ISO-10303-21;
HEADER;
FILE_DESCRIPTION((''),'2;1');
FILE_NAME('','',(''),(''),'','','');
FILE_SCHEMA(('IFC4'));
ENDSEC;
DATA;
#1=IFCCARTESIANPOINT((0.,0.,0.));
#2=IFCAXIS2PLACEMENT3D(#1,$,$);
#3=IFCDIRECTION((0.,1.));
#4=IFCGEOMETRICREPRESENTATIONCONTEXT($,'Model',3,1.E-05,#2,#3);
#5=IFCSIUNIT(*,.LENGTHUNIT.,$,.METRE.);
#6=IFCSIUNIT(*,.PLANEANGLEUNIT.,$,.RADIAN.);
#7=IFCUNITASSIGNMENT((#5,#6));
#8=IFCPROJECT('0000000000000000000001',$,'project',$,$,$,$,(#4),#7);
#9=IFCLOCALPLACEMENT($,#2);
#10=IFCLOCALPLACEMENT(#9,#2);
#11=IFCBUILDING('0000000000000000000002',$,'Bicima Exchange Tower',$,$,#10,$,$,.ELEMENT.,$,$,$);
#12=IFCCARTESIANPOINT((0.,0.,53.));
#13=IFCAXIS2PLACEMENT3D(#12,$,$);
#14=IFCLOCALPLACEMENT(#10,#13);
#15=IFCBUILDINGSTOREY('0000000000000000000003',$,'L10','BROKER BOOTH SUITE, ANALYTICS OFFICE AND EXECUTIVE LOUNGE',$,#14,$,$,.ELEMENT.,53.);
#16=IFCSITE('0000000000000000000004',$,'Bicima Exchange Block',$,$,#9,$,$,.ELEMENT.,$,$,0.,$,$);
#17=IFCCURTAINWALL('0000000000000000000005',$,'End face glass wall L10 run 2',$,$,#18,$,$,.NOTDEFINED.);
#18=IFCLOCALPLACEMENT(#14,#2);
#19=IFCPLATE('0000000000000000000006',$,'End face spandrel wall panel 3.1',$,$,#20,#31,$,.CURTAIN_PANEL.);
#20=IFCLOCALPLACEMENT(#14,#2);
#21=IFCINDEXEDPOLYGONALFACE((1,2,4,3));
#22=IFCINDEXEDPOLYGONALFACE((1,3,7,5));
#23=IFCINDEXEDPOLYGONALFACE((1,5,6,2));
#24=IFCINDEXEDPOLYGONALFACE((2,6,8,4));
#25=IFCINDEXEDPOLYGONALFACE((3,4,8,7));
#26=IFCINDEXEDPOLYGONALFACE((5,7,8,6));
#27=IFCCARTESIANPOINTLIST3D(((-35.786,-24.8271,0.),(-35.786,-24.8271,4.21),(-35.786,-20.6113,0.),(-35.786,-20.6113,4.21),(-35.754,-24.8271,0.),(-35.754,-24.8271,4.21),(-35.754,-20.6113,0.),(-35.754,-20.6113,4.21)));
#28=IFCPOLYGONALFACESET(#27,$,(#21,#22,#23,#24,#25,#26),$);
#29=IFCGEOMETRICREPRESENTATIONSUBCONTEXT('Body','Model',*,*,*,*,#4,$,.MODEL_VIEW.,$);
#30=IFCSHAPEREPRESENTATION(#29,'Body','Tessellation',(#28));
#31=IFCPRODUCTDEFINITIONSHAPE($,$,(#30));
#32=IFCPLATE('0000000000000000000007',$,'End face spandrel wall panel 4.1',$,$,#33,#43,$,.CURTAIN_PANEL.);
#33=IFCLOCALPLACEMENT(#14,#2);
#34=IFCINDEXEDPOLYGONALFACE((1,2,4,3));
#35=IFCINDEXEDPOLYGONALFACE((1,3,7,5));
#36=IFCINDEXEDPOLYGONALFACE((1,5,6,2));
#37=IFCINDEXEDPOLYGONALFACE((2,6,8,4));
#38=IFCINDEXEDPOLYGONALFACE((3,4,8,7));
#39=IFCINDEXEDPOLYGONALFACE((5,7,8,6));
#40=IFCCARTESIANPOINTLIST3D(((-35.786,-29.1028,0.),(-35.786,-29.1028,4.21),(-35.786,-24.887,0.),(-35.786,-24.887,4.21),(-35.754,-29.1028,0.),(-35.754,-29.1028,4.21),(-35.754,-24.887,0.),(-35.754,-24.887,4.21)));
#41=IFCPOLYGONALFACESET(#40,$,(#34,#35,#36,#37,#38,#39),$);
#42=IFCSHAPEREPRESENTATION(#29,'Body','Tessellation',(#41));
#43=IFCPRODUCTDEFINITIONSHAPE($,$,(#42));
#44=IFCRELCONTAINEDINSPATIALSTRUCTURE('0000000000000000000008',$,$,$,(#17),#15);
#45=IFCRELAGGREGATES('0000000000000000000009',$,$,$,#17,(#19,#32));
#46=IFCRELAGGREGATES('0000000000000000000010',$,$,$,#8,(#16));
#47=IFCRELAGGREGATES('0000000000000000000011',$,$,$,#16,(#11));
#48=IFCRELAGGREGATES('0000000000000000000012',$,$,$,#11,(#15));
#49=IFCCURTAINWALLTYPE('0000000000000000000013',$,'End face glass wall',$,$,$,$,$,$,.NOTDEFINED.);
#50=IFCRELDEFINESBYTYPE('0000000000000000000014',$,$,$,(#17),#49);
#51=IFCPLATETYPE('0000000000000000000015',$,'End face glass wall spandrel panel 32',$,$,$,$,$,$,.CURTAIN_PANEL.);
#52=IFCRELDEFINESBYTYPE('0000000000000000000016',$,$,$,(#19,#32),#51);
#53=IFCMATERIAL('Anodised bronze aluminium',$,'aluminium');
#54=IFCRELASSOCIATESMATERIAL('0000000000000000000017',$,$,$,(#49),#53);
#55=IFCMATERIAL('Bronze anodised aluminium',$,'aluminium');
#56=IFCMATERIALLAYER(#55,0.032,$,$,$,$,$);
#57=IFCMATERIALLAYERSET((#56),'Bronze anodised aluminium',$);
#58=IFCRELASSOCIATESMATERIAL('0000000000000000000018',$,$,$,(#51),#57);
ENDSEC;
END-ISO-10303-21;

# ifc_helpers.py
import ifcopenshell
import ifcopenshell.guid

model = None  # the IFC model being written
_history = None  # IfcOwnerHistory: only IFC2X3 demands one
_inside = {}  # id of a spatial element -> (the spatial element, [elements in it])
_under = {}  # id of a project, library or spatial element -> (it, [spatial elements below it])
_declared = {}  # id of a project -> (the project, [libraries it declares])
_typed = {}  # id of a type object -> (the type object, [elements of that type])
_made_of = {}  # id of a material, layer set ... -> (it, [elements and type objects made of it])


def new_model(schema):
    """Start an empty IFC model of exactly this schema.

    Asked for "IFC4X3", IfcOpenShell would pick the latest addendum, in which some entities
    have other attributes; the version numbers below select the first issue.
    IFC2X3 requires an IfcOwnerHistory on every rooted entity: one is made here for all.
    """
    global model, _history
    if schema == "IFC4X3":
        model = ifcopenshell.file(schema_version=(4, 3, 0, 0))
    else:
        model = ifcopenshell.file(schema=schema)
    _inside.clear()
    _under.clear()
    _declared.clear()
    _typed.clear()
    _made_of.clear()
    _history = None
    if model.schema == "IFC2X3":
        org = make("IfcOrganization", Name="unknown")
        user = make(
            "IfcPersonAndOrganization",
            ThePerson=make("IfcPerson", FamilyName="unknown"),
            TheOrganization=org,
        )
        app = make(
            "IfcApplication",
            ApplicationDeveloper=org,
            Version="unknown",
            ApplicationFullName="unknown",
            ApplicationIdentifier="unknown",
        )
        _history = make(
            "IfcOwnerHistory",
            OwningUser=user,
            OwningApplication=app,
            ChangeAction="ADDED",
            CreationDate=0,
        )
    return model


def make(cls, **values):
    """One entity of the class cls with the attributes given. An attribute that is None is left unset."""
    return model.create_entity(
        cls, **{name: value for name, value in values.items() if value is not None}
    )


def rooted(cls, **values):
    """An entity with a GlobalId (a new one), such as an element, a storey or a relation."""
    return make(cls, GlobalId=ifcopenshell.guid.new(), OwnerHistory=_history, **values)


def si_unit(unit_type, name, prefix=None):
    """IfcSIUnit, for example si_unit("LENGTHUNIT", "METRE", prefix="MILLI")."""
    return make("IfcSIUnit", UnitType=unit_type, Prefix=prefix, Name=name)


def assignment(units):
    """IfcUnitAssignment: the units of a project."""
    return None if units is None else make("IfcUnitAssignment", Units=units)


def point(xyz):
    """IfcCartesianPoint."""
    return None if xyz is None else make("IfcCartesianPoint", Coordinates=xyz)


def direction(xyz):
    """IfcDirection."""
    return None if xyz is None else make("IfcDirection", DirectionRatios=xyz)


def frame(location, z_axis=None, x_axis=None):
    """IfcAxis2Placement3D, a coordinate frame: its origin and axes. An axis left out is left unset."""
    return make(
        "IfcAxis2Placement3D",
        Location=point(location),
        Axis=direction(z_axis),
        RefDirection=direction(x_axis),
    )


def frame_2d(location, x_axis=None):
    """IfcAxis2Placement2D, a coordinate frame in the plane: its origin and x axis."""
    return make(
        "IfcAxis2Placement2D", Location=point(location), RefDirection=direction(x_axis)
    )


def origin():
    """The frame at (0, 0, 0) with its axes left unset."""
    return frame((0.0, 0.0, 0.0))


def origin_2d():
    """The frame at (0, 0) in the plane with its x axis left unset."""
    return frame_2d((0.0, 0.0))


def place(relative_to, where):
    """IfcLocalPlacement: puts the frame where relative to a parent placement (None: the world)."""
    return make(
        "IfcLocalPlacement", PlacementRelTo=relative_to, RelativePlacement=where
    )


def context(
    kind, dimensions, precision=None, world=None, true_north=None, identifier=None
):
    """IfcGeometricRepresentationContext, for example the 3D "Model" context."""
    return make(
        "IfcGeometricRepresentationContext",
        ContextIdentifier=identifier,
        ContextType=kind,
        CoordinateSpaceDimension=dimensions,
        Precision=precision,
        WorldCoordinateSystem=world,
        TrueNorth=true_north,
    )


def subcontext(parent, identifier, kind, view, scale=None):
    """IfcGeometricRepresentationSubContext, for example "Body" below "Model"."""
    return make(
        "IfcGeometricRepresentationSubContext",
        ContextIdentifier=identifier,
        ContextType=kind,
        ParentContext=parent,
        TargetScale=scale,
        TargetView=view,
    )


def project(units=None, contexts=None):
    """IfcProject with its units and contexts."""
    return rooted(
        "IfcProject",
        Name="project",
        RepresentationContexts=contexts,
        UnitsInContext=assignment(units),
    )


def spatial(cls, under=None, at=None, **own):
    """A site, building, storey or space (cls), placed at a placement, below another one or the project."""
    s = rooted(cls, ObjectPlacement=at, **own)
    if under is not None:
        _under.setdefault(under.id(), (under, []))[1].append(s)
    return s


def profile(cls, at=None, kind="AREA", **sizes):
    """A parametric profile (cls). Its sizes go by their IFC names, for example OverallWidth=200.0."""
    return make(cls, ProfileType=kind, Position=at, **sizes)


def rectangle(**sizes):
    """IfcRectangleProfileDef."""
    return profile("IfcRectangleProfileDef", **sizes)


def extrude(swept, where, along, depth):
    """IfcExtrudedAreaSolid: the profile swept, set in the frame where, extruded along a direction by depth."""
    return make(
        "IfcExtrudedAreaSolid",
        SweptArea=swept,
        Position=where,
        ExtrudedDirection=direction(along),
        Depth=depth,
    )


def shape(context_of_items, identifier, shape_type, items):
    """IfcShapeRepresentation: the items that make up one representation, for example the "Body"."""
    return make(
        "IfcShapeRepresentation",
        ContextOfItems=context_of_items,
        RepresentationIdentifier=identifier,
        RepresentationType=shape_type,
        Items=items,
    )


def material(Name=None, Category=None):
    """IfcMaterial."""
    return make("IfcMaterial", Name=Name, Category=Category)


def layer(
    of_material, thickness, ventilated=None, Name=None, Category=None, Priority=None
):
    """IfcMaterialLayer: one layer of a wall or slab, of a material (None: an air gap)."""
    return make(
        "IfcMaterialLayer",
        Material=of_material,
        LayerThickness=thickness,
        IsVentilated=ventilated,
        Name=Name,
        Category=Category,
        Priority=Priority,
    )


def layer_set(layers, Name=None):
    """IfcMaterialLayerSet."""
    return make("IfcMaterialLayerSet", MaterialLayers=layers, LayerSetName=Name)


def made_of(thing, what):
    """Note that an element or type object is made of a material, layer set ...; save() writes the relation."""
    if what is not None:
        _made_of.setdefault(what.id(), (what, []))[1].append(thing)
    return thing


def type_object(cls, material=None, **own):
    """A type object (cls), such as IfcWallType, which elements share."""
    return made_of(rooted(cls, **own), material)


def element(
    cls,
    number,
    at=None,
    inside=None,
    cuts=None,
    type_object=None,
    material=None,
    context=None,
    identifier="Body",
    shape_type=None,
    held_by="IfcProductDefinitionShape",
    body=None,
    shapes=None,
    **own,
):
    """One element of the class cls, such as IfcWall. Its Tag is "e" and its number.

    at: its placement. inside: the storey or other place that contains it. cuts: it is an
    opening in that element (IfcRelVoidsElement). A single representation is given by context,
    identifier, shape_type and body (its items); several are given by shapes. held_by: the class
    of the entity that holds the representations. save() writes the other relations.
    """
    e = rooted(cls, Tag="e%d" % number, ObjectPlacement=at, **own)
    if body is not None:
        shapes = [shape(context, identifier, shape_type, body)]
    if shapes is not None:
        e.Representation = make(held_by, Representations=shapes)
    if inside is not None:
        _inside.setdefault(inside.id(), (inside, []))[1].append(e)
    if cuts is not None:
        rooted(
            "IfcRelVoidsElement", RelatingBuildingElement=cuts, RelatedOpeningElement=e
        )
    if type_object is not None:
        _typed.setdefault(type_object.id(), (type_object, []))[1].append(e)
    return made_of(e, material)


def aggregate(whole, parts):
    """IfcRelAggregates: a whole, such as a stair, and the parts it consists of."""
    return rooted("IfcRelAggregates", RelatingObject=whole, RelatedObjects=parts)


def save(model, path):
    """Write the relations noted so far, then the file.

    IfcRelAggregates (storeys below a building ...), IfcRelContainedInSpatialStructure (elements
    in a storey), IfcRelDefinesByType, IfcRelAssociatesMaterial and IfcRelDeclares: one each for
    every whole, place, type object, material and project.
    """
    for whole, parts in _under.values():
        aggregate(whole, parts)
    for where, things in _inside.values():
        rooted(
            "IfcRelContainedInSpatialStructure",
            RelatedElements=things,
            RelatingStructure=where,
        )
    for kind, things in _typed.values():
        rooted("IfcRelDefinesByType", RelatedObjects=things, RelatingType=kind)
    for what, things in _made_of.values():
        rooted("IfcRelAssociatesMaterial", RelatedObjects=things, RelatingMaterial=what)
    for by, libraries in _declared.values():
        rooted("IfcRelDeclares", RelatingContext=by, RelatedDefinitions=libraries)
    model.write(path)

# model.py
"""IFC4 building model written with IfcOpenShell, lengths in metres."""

from ifc_helpers import new_model, si_unit, direction, frame, origin, origin_2d, place, context, subcontext, project, spatial, rectangle, extrude, material, layer, layer_set, type_object, element, aggregate, save


model = new_model("IFC4")

# Units and contexts
model_context = context("Model", 3, precision=1e-05, world=origin(), true_north=direction((0.0, 1.0)))
body_context = subcontext(model_context, "Body", "Model", "MODEL_VIEW")
ifc_project = project(units=[si_unit("LENGTHUNIT", "METRE"), si_unit("PLANEANGLEUNIT", "RADIAN")], contexts=[model_context])

# Site, building, storey
site_placement = place(None, origin())
site = spatial("IfcSite", under=ifc_project, at=site_placement, Name="Bicima Exchange Block", CompositionType="ELEMENT", RefElevation=0.0)
building_placement = place(site_placement, origin())
building = spatial("IfcBuilding", under=site, at=building_placement, Name="Bicima Exchange Tower", CompositionType="ELEMENT")
storey_placement = place(building_placement, frame((0.0, 0.0, 53.0)))
storey = spatial("IfcBuildingStorey", under=building, at=storey_placement, Name="L10", Description="BROKER BOOTH SUITE, ANALYTICS OFFICE AND EXECUTIVE LOUNGE", CompositionType="ELEMENT", Elevation=53.0)

# Curtain wall
ifc_material_1 = material(Name="Anodised bronze aluminium", Category="aluminium")
curtain_wall_type = type_object("IfcCurtainWallType", Name="End face glass wall", PredefinedType="NOTDEFINED", material=ifc_material_1)
curtain_wall_placement = place(storey_placement, origin())
curtain_wall = element("IfcCurtainWall", 1, at=curtain_wall_placement, inside=storey, type_object=curtain_wall_type, Name="End face glass wall L10 run 2", PredefinedType="NOTDEFINED")

# Plates
ifc_material_2 = material(Name="Bronze anodised aluminium", Category="aluminium")
ifc_layer_1 = layer(ifc_material_2, 0.032)
ifc_layer_set_1 = layer_set([ifc_layer_1], Name="Bronze anodised aluminium")
plate_type_1 = type_object("IfcPlateType", Name="End face glass wall spandrel panel 32", PredefinedType="CURTAIN_PANEL", material=ifc_layer_set_1)
plate_1_placement = place(storey_placement, frame((-35.77, -22.7192, 0.0), z_axis=(0.0, 0.0, 1.0), x_axis=(0.0, -1.0, 0.0)))
plate_1 = element("IfcPlate", 2, at=plate_1_placement, type_object=plate_type_1, Name="End face spandrel wall panel 3.1", PredefinedType="CURTAIN_PANEL", context=body_context, shape_type="SweptSolid", body=[
    extrude(rectangle(XDim=4.2158, YDim=0.032, at=origin_2d()), origin(), (0.0, 0.0, 1.0), 4.21),
])
plate_2_placement = place(storey_placement, frame((-35.77, -26.9949, 0.0), z_axis=(0.0, 0.0, 1.0), x_axis=(0.0, -1.0, 0.0)))
plate_2 = element("IfcPlate", 3, at=plate_2_placement, type_object=plate_type_1, Name="End face spandrel wall panel 4.1", PredefinedType="CURTAIN_PANEL", context=body_context, shape_type="SweptSolid", body=[
    extrude(rectangle(XDim=4.2158, YDim=0.032, at=origin_2d()), origin(), (0.0, 0.0, 1.0), 4.21),
])
aggregate(curtain_wall, [plate_1, plate_2])

save(model, "model.ifc")
